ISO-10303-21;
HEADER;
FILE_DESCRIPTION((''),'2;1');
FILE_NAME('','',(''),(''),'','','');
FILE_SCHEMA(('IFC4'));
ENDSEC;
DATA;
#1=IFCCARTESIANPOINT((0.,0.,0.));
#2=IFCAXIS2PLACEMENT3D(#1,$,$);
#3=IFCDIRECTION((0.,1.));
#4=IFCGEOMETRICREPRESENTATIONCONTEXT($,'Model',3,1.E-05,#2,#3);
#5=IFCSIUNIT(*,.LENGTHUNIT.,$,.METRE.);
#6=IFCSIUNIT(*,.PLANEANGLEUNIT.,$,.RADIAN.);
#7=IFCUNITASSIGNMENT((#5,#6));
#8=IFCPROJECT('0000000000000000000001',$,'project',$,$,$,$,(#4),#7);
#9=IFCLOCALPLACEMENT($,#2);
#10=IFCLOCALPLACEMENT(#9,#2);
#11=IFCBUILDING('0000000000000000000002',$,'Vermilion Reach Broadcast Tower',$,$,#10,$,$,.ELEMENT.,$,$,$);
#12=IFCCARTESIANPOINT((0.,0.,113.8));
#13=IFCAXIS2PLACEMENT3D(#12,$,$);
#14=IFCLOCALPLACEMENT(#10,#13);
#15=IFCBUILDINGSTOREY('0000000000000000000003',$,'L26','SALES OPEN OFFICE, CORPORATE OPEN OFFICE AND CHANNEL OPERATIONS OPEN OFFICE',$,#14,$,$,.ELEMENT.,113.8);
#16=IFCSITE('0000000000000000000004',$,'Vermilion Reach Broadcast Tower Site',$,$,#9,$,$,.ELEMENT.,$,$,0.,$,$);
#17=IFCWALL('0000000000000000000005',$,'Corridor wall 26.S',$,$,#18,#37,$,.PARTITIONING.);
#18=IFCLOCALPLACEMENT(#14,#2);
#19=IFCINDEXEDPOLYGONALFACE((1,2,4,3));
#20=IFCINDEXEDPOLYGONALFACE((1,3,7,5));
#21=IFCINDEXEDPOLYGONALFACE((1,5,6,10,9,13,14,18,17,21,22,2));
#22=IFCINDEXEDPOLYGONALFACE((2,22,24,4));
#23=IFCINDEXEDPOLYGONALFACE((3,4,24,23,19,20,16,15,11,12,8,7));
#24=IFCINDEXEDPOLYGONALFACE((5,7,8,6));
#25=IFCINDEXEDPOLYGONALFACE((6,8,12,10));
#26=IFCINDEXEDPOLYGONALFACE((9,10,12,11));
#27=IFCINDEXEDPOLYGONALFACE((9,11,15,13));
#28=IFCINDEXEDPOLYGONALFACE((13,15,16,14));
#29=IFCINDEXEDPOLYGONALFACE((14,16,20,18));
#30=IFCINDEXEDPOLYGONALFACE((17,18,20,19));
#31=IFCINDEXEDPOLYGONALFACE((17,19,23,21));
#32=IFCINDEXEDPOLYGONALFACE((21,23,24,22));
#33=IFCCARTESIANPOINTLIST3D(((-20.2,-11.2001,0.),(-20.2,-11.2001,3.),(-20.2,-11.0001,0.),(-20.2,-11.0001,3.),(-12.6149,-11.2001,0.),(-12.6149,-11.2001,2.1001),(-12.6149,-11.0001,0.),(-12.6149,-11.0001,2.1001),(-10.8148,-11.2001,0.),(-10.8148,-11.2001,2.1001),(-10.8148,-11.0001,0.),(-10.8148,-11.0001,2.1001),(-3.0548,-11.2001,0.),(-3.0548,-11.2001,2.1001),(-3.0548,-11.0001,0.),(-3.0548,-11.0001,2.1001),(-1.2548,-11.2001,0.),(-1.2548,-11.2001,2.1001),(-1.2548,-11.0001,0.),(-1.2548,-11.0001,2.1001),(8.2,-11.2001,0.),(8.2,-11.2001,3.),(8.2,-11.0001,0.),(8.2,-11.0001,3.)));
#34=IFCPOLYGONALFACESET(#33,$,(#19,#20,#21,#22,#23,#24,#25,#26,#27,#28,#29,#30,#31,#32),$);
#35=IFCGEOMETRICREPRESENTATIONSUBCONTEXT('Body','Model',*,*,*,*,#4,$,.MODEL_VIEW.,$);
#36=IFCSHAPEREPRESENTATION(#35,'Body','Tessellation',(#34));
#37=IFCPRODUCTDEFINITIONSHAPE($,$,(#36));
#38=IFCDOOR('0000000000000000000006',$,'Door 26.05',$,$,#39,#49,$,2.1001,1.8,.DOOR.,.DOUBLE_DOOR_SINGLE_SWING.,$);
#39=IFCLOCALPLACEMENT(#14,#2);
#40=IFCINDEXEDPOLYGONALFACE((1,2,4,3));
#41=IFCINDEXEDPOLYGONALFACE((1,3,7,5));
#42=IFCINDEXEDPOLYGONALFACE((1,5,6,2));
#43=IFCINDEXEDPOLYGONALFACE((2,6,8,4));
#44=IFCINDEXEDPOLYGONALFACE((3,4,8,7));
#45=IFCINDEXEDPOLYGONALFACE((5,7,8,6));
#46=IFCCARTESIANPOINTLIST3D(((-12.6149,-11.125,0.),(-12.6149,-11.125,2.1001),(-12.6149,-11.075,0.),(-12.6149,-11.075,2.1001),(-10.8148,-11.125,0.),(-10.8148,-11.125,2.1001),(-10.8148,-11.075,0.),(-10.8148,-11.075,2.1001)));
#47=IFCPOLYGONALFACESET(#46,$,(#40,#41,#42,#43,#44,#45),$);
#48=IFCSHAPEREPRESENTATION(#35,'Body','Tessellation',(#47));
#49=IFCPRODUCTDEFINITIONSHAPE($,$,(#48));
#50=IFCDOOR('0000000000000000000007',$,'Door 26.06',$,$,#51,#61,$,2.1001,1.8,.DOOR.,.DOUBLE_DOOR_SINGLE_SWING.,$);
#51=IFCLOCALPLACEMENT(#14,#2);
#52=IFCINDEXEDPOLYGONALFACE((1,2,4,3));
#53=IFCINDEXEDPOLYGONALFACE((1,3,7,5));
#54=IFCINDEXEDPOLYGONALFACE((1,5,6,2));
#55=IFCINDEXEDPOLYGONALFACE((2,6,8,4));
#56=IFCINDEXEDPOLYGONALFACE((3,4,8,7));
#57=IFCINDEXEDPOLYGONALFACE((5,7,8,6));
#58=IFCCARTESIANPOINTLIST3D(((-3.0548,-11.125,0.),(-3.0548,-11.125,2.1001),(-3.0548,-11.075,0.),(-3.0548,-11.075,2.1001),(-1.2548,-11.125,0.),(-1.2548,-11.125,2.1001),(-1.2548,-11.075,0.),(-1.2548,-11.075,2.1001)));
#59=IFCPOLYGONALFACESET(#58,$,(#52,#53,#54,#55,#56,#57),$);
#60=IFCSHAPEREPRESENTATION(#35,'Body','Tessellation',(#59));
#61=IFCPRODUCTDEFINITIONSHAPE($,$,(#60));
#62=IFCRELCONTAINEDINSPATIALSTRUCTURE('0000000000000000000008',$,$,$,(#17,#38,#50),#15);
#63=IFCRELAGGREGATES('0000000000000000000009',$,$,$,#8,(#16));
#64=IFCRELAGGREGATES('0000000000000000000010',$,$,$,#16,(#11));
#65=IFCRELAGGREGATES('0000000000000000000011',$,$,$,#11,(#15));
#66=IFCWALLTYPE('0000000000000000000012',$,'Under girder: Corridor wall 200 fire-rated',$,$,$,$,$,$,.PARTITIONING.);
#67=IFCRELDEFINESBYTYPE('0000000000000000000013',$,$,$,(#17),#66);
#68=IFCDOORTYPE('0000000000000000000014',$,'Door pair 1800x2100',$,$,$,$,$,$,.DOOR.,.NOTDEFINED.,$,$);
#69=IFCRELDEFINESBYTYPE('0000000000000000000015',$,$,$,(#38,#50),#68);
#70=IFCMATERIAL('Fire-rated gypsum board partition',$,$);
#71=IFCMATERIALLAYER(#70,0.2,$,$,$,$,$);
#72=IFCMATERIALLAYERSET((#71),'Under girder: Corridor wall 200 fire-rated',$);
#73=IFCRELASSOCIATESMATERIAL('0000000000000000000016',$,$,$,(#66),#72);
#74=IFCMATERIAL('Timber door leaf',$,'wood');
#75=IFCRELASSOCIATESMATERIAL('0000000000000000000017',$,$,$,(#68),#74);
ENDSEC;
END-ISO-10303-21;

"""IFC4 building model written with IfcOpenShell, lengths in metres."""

from ifc_helpers import new_model, si_unit, direction, frame, frame_2d, origin, place, context, subcontext, project, spatial, rectangle, extrude, material, layer, layer_set, type_object, element, fill, save


model = new_model("IFC4")

# Units and contexts
model_context = context("Model", 3, precision=1e-05, world=origin(), true_north=direction((0.0, 1.0)))
body_context = subcontext(model_context, "Body", "Model", "MODEL_VIEW")
ifc_project = project(units=[si_unit("LENGTHUNIT", "METRE"), si_unit("PLANEANGLEUNIT", "RADIAN")], contexts=[model_context])

# Site, building, storey
site_placement = place(None, origin())
site = spatial("IfcSite", under=ifc_project, at=site_placement, Name="Vermilion Reach Broadcast Tower Site", CompositionType="ELEMENT", RefElevation=0.0)
building_placement = place(site_placement, origin())
building = spatial("IfcBuilding", under=site, at=building_placement, Name="Vermilion Reach Broadcast Tower", CompositionType="ELEMENT")
storey_placement = place(building_placement, frame((0.0, 0.0, 113.8)))
storey = spatial("IfcBuildingStorey", under=building, at=storey_placement, Name="L26", Description="SALES OPEN OFFICE, CORPORATE OPEN OFFICE AND CHANNEL OPERATIONS OPEN OFFICE", CompositionType="ELEMENT", Elevation=113.8)

# Wall, openings, doors
ifc_material_1 = material(Name="Fire-rated gypsum board partition")
ifc_layer_1 = layer(ifc_material_1, 0.2)
ifc_layer_set_1 = layer_set([ifc_layer_1], Name="Under girder: Corridor wall 200 fire-rated")
wall_type_1 = type_object("IfcWallType", Name="Under girder: Corridor wall 200 fire-rated", PredefinedType="PARTITIONING", material=ifc_layer_set_1)
wall_1_placement = place(storey_placement, frame((8.2, -11.1001, 0.0), z_axis=(0.0, 0.0, 1.0), x_axis=(-1.0, 0.0, 0.0)))
wall_1 = element("IfcWall", 1, at=wall_1_placement, inside=storey, type_object=wall_type_1, Name="Corridor wall 26.S", PredefinedType="PARTITIONING", context=body_context, shape_type="SweptSolid", body=[
    extrude(rectangle(XDim=28.3999, YDim=0.2, at=frame_2d((14.2, 0.0))), origin(), (0.0, 0.0, 1.0), 3.0),
])
opening_1_placement = place(wall_1_placement, frame((19.0149, 0.0, 0.0)))
opening_1 = element("IfcOpeningElement", 2, at=opening_1_placement, cuts=wall_1, PredefinedType="OPENING", context=body_context, shape_type="SweptSolid", body=[
    extrude(rectangle(XDim=1.8, YDim=2.1001, at=frame_2d((0.8999, 1.05))), frame((0.0, 0.1099, 0.0), z_axis=(0.0, -1.0, 0.0), x_axis=(1.0, 0.0, 0.0)), (0.0, 0.0, 1.0), 0.22),
])
opening_2_placement = place(wall_1_placement, frame((9.4548, 0.0, 0.0)))
opening_2 = element("IfcOpeningElement", 3, at=opening_2_placement, cuts=wall_1, PredefinedType="OPENING", context=body_context, shape_type="SweptSolid", body=[
    extrude(rectangle(XDim=1.8, YDim=2.1001, at=frame_2d((0.8999, 1.05))), frame((0.0, 0.1099, 0.0), z_axis=(0.0, -1.0, 0.0), x_axis=(1.0, 0.0, 0.0)), (0.0, 0.0, 1.0), 0.22),
])
ifc_material_2 = material(Name="Timber door leaf", Category="wood")
door_type_1 = type_object("IfcDoorType", Name="Door pair 1800x2100", OperationType="NOTDEFINED", PredefinedType="DOOR", material=ifc_material_2)
door_1_placement = place(opening_1_placement, origin())
door_1 = element("IfcDoor", 4, at=door_1_placement, inside=storey, type_object=door_type_1, Name="Door 26.05", OperationType="DOUBLE_DOOR_SINGLE_SWING", OverallHeight=2.1001, OverallWidth=1.8, PredefinedType="DOOR", context=body_context, shape_type="SweptSolid", body=[
    extrude(rectangle(XDim=1.8, YDim=2.1001, at=frame_2d((0.8999, 1.05))), frame((0.0, 0.0249, 0.0), z_axis=(0.0, -1.0, 0.0), x_axis=(1.0, 0.0, 0.0)), (0.0, 0.0, 1.0), 0.05),
])
fill(opening_1, door_1)
door_2_placement = place(opening_2_placement, origin())
door_2 = element("IfcDoor", 5, at=door_2_placement, inside=storey, type_object=door_type_1, Name="Door 26.06", OperationType="DOUBLE_DOOR_SINGLE_SWING", OverallHeight=2.1001, OverallWidth=1.8, PredefinedType="DOOR", context=body_context, shape_type="SweptSolid", body=[
    extrude(rectangle(XDim=1.8, YDim=2.1001, at=frame_2d((0.8999, 1.05))), frame((0.0, 0.0249, 0.0), z_axis=(0.0, -1.0, 0.0), x_axis=(1.0, 0.0, 0.0)), (0.0, 0.0, 1.0), 0.05),
])
fill(opening_2, door_2)

save(model, "model.ifc")
